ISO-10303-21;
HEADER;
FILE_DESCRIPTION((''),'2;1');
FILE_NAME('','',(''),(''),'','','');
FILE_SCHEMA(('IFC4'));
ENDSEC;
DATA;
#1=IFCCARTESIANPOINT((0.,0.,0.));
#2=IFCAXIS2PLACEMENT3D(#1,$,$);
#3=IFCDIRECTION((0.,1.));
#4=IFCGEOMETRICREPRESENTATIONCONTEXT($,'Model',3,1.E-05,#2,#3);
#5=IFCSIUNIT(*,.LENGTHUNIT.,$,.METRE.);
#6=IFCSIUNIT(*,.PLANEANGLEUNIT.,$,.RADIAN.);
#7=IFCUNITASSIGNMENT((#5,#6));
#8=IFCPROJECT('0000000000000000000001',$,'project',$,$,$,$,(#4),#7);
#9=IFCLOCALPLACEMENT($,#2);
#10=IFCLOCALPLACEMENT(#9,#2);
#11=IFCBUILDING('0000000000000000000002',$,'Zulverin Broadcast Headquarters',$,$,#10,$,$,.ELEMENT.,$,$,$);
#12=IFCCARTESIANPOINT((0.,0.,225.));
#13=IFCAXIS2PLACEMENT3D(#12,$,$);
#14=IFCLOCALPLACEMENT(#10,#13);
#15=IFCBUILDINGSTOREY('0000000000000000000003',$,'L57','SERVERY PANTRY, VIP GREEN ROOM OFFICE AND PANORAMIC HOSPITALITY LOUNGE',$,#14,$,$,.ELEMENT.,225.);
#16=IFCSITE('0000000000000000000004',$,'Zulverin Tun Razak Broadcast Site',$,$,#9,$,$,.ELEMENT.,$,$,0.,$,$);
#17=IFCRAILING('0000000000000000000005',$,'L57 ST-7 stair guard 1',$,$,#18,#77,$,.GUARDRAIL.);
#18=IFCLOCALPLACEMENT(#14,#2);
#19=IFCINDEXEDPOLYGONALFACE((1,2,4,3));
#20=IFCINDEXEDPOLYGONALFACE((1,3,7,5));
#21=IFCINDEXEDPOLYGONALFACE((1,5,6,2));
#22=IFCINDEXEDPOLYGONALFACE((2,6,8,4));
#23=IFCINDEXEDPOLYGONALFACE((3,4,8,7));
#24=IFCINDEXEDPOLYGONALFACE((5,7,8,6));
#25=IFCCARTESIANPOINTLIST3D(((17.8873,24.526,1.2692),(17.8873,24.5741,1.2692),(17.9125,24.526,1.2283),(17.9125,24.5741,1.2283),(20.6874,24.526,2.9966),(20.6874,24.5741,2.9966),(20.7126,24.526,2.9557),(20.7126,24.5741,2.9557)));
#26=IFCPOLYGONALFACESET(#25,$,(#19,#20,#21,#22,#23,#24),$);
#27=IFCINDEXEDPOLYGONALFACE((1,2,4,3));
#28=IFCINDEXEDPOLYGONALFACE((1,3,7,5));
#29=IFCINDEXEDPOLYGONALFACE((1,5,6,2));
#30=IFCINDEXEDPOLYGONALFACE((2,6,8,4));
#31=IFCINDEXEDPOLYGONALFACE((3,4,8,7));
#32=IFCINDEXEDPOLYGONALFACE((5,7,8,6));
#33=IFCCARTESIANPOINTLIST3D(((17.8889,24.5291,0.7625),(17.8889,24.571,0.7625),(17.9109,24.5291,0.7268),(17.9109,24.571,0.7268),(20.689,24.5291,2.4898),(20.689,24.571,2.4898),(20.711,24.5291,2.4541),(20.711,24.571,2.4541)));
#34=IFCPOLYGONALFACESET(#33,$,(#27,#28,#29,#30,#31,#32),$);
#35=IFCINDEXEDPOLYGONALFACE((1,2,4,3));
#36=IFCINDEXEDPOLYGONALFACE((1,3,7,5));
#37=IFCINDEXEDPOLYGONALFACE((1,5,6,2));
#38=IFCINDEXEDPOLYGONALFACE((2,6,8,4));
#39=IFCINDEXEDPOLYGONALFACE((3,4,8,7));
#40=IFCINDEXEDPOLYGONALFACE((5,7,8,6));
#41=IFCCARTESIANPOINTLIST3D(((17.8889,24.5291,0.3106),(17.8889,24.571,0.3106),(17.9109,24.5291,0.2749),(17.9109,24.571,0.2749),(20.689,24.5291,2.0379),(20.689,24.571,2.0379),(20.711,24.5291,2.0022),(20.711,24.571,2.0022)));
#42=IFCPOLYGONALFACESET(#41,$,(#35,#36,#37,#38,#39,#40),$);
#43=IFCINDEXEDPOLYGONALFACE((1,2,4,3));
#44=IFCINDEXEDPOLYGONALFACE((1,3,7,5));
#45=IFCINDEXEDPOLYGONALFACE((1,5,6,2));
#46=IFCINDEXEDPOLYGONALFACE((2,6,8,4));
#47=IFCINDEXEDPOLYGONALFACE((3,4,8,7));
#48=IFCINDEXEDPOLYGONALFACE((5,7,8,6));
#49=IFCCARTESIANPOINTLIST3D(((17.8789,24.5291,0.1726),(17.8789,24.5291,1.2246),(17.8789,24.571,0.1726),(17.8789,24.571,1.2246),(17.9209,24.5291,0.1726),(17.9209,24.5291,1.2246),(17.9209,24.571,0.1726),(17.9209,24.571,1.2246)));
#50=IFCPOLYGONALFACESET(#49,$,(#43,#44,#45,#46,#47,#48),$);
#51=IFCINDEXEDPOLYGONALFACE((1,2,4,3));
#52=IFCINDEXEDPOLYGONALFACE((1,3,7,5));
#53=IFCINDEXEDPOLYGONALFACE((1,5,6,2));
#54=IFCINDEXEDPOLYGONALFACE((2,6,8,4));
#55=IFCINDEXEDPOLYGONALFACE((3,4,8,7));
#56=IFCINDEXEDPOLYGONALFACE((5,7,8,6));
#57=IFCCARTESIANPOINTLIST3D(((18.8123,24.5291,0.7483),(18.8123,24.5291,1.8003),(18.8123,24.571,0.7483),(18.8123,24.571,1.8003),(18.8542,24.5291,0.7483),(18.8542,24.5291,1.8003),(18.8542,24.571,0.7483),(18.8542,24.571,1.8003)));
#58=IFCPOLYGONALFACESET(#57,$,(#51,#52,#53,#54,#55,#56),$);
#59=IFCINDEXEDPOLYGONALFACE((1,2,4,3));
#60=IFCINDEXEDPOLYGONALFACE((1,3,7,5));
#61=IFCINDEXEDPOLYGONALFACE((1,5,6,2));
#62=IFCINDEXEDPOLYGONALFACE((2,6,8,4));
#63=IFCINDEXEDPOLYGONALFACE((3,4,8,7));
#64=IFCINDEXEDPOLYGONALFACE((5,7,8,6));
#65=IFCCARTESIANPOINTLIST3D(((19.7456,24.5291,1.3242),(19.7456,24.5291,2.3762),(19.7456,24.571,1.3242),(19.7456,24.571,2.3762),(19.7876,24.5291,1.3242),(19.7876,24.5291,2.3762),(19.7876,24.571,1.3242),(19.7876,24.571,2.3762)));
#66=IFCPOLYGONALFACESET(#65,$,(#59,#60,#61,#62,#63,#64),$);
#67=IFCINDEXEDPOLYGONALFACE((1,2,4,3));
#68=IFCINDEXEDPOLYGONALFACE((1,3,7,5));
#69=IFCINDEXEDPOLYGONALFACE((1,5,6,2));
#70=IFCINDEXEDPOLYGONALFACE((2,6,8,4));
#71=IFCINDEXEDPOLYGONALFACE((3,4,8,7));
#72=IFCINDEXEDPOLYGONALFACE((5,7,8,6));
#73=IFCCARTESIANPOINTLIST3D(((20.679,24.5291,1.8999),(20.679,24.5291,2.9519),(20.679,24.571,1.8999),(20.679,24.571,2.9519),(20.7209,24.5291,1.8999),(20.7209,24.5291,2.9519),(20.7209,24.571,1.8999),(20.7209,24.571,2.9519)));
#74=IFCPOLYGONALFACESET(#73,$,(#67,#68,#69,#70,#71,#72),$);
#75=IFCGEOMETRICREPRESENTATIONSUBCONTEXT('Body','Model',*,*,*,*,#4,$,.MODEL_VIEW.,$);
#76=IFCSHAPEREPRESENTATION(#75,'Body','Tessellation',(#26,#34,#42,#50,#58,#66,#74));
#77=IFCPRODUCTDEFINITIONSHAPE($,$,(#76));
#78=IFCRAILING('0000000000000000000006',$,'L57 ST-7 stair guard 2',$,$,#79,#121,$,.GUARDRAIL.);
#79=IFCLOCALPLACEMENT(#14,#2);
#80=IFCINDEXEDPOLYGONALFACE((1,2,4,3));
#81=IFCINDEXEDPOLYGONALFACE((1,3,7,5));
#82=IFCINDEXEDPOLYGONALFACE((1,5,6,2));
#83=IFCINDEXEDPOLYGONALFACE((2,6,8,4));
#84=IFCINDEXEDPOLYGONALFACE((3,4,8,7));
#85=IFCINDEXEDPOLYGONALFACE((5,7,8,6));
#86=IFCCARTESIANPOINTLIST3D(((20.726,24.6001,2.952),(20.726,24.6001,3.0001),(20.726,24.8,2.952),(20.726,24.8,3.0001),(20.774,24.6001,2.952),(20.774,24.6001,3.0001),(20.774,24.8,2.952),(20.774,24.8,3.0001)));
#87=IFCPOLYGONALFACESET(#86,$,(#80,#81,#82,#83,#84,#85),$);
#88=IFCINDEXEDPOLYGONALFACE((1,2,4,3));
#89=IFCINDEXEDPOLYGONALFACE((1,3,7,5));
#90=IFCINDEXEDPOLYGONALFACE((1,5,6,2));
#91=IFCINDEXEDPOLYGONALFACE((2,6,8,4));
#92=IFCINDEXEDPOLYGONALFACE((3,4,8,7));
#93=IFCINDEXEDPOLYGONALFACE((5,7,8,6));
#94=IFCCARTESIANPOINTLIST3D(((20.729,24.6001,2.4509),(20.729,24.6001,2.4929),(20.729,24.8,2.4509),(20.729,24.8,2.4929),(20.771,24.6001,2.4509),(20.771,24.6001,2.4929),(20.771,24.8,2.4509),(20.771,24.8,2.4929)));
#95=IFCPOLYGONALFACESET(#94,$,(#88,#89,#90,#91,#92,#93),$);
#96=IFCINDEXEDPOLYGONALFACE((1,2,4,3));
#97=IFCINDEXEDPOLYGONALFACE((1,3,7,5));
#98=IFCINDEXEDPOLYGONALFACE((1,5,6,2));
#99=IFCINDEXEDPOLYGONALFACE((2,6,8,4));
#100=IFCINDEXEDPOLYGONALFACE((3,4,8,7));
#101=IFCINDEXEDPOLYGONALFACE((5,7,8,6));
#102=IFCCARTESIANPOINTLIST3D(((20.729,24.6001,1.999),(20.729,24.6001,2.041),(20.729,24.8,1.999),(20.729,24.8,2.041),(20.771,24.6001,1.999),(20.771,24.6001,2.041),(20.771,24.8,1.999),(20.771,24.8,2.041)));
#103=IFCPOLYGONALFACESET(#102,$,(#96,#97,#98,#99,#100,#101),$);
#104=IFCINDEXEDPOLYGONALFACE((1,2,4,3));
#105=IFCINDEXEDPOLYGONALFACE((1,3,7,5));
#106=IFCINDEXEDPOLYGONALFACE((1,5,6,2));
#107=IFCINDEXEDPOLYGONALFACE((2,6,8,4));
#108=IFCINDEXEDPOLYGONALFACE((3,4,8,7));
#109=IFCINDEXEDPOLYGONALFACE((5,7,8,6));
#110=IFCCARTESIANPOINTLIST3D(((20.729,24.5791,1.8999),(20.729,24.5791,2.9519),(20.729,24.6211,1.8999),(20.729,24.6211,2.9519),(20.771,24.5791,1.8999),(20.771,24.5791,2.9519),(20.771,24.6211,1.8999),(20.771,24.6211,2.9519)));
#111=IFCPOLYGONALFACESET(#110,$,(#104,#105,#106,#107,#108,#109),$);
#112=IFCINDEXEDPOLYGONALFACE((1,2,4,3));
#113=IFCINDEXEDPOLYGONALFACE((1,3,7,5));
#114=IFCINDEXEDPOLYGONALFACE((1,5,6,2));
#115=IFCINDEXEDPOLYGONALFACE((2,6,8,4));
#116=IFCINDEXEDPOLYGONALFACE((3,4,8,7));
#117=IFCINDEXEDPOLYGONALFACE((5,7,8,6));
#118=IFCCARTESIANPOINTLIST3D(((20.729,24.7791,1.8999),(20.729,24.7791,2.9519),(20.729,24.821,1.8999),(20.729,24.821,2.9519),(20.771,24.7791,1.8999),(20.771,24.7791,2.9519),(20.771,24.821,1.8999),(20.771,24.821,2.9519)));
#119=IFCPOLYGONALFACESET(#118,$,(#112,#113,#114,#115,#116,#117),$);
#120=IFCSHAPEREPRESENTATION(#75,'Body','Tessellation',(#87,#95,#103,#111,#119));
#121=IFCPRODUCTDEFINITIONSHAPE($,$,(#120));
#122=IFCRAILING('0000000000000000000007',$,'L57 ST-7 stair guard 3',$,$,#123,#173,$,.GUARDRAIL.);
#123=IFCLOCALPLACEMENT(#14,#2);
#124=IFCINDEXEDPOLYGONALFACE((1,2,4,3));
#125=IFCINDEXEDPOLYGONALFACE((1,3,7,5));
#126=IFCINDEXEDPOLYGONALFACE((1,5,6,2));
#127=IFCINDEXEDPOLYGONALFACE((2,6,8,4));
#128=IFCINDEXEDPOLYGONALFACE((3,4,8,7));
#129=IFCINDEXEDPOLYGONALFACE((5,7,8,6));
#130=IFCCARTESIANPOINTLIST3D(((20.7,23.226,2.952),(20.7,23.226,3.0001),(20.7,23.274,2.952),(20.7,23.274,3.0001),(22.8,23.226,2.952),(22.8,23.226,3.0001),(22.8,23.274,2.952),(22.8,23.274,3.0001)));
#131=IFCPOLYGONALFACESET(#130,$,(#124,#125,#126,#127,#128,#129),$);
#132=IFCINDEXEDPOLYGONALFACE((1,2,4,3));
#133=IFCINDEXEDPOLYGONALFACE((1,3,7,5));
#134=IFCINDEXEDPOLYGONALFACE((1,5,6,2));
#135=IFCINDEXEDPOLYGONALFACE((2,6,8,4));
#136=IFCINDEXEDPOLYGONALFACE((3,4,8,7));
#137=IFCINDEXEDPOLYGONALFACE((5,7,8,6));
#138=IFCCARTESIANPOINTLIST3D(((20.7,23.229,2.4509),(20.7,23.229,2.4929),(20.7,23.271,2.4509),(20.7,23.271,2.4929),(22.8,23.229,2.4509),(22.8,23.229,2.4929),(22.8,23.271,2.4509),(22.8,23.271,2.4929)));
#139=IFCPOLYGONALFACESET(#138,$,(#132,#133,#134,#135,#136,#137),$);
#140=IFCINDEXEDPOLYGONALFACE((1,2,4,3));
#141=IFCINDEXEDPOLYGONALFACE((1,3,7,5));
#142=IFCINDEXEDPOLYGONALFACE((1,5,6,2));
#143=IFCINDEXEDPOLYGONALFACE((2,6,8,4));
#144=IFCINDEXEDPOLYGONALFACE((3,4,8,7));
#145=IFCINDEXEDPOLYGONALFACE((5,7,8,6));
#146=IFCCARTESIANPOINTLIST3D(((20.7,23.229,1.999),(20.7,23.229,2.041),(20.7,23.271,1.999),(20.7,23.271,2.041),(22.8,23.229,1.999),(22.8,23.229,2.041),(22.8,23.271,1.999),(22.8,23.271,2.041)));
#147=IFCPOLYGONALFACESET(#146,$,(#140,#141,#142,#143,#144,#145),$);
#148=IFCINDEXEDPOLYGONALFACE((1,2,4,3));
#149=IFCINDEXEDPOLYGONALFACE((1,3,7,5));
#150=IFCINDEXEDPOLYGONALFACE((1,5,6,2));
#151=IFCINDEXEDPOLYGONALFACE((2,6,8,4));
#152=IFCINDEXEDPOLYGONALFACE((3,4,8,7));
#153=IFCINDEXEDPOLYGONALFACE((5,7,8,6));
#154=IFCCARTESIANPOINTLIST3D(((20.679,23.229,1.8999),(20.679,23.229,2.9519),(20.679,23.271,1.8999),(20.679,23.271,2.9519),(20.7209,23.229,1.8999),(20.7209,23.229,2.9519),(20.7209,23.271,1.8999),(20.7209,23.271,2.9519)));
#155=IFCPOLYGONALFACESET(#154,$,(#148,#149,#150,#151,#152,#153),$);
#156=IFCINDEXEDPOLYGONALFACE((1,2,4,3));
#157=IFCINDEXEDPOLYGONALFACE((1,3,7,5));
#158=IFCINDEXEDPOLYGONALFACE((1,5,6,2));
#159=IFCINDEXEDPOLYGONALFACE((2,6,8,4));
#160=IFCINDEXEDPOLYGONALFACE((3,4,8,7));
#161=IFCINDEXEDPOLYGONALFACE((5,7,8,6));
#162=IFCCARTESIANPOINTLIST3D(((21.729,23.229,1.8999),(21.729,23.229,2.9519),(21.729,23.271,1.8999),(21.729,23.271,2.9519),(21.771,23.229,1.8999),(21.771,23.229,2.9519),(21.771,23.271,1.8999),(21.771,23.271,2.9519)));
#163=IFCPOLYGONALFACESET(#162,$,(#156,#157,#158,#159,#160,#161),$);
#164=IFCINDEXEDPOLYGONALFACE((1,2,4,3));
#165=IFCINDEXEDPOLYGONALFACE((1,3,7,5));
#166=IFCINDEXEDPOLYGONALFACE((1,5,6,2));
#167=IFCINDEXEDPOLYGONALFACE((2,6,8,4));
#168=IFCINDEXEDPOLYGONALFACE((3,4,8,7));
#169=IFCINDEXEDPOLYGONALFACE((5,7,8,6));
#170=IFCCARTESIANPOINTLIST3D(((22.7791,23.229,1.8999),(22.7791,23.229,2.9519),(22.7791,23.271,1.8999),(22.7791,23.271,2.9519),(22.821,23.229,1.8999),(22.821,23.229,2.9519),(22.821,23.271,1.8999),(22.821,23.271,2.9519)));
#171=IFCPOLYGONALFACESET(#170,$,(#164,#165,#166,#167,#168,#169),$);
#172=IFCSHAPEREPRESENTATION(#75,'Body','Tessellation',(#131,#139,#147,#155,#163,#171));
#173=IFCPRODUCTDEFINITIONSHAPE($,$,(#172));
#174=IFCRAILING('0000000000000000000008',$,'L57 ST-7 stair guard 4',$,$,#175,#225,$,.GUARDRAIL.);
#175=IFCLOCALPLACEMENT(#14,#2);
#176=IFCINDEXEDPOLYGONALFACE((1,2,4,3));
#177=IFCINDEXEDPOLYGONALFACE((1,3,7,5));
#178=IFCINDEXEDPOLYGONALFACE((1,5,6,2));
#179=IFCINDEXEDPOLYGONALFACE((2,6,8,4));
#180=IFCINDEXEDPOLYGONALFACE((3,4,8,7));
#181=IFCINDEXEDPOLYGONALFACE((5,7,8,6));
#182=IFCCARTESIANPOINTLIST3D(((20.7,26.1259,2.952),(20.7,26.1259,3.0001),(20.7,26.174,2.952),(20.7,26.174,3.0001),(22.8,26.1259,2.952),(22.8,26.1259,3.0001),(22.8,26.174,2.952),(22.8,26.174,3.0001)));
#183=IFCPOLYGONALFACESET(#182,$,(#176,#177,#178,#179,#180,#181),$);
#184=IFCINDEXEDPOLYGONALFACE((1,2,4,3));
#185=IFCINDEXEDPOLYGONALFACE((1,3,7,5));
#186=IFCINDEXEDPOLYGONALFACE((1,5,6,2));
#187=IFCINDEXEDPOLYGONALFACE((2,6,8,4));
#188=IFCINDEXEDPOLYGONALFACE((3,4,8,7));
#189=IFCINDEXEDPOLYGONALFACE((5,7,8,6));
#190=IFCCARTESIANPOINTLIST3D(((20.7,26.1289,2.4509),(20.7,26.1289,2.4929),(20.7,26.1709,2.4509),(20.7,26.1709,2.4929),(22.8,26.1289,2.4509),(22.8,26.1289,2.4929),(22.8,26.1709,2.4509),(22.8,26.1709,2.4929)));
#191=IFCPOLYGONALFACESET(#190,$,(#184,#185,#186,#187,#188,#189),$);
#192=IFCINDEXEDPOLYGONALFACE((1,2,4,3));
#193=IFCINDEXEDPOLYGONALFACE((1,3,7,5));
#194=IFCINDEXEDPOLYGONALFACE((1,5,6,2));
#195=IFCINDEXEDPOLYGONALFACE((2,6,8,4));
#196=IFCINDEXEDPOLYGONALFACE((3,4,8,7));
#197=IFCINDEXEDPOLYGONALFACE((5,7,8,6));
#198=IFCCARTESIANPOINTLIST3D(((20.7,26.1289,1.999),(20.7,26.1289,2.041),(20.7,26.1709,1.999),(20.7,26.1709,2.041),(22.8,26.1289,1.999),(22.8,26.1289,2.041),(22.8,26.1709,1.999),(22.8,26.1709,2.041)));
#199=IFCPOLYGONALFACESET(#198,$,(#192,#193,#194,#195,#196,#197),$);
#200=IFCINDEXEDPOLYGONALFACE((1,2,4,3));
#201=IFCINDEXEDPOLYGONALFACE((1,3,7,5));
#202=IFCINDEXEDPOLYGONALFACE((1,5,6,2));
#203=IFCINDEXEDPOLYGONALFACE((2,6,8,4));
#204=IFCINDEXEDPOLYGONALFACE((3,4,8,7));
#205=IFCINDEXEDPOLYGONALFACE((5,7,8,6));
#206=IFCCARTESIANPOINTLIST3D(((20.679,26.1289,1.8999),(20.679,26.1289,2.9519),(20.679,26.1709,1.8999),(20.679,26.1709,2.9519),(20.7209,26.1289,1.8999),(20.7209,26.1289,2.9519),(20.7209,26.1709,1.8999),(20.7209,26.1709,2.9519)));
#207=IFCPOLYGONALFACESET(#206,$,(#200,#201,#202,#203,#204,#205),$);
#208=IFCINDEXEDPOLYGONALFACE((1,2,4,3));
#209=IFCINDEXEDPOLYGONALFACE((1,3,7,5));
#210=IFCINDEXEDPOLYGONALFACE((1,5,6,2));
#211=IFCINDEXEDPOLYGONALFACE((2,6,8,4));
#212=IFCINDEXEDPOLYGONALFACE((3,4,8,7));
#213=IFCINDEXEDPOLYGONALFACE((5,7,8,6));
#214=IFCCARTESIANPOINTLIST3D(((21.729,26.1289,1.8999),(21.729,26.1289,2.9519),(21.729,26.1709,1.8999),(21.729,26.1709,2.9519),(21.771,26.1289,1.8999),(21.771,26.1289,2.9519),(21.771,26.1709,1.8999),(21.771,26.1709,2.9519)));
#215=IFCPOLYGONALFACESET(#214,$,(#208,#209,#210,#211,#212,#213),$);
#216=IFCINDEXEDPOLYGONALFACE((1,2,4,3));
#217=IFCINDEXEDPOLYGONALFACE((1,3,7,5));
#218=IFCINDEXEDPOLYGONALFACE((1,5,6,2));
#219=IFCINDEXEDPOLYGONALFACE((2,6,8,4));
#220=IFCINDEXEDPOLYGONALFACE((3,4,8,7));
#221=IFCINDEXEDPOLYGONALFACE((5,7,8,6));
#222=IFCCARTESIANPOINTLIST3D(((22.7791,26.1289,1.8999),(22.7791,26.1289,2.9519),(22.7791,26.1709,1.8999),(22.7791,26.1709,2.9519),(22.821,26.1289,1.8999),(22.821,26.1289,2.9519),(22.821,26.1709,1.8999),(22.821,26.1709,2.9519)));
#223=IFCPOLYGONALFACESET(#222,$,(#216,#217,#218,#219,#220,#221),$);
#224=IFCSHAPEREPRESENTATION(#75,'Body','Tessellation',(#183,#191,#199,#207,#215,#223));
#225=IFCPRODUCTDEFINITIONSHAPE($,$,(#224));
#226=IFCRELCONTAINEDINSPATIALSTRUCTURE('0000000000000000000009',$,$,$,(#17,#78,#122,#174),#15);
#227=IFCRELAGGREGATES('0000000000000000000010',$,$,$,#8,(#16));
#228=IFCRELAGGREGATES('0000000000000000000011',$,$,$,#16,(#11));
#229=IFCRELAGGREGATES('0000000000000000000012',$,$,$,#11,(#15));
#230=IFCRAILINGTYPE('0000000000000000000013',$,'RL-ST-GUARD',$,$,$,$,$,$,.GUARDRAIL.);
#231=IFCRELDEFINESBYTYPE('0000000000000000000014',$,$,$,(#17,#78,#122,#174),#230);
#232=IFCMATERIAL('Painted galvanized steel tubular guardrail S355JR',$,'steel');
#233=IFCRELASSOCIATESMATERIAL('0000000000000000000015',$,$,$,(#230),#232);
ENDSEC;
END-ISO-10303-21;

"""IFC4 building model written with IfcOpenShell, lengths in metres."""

from ifc_helpers import new_model, si_unit, direction, frame, origin, origin_2d, place, context, subcontext, project, spatial, rectangle, extrude, material, type_object, element, save


model = new_model("IFC4")

# Units and contexts
model_context = context("Model", 3, precision=1e-05, world=origin(), true_north=direction((0.0, 1.0)))
body_context = subcontext(model_context, "Body", "Model", "MODEL_VIEW")
ifc_project = project(units=[si_unit("LENGTHUNIT", "METRE"), si_unit("PLANEANGLEUNIT", "RADIAN")], contexts=[model_context])

# Site, building, storey
site_placement = place(None, origin())
site = spatial("IfcSite", under=ifc_project, at=site_placement, Name="Zulverin Tun Razak Broadcast Site", CompositionType="ELEMENT", RefElevation=0.0)
building_placement = place(site_placement, origin())
building = spatial("IfcBuilding", under=site, at=building_placement, Name="Zulverin Broadcast Headquarters", CompositionType="ELEMENT")
storey_placement = place(building_placement, frame((0.0, 0.0, 225.0)))
storey = spatial("IfcBuildingStorey", under=building, at=storey_placement, Name="L57", Description="SERVERY PANTRY, VIP GREEN ROOM OFFICE AND PANORAMIC HOSPITALITY LOUNGE", CompositionType="ELEMENT", Elevation=225.0)

# Railings
ifc_material_1 = material(Name="Painted galvanized steel tubular guardrail S355JR", Category="steel")
railing_type_1 = type_object("IfcRailingType", Name="RL-ST-GUARD", PredefinedType="GUARDRAIL", material=ifc_material_1)
railing_1_placement = place(storey_placement, frame((17.8999, 24.55, 0.1726)))
element("IfcRailing", 1, at=railing_1_placement, inside=storey, type_object=railing_type_1, Name="L57 ST-7 stair guard 1", PredefinedType="GUARDRAIL", context=body_context, shape_type="SweptSolid", body=[
    extrude(rectangle(XDim=0.0481, YDim=0.0481, at=origin_2d()), frame((0.0, 0.0, 1.0762), z_axis=(0.85109, 0.0, 0.52502), x_axis=(0.0, 1.0, 0.0)), (0.0, 0.0, 1.0), 3.29),
    extrude(rectangle(XDim=0.042, YDim=0.042, at=origin_2d()), frame((0.0, 0.0, 0.572), z_axis=(0.85109, 0.0, 0.52502), x_axis=(0.0, 1.0, 0.0)), (0.0, 0.0, 1.0), 3.29),
    extrude(rectangle(XDim=0.042, YDim=0.042, at=origin_2d()), frame((0.0, 0.0, 0.1201), z_axis=(0.85109, 0.0, 0.52502), x_axis=(0.0, 1.0, 0.0)), (0.0, 0.0, 1.0), 3.29),
    extrude(rectangle(XDim=0.042, YDim=0.042, at=origin_2d()), origin(), (0.0, 0.0, 1.0), 1.052),
    extrude(rectangle(XDim=0.042, YDim=0.042, at=origin_2d()), frame((0.9333, 0.0, 0.5757)), (0.0, 0.0, 1.0), 1.052),
    extrude(rectangle(XDim=0.042, YDim=0.042, at=origin_2d()), frame((1.8667, 0.0, 1.1516)), (0.0, 0.0, 1.0), 1.052),
    extrude(rectangle(XDim=0.042, YDim=0.042, at=origin_2d()), frame((2.8, 0.0, 1.7273)), (0.0, 0.0, 1.0), 1.052),
])
railing_2_placement = place(storey_placement, frame((20.75, 24.6001, 1.8999)))
element("IfcRailing", 2, at=railing_2_placement, inside=storey, type_object=railing_type_1, Name="L57 ST-7 stair guard 2", PredefinedType="GUARDRAIL", context=body_context, shape_type="SweptSolid", body=[
    extrude(rectangle(XDim=0.0481, YDim=0.0481, at=origin_2d()), frame((0.0, 0.0, 1.0762), z_axis=(0.0, 1.0, 0.0), x_axis=(-1.0, 0.0, 0.0)), (0.0, 0.0, 1.0), 0.2),
    extrude(rectangle(XDim=0.042, YDim=0.042, at=origin_2d()), frame((0.0, 0.0, 0.572), z_axis=(0.0, 1.0, 0.0), x_axis=(-1.0, 0.0, 0.0)), (0.0, 0.0, 1.0), 0.2),
    extrude(rectangle(XDim=0.042, YDim=0.042, at=origin_2d()), frame((0.0, 0.0, 0.1201), z_axis=(0.0, 1.0, 0.0), x_axis=(-1.0, 0.0, 0.0)), (0.0, 0.0, 1.0), 0.2),
    extrude(rectangle(XDim=0.042, YDim=0.042, at=origin_2d()), origin(), (0.0, 0.0, 1.0), 1.052),
    extrude(rectangle(XDim=0.042, YDim=0.042, at=origin_2d()), frame((0.0, 0.2, 0.0)), (0.0, 0.0, 1.0), 1.052),
])
for number, where, name in (
    (3, (20.7, 23.25, 1.8999), "L57 ST-7 stair guard 3"),
    (4, (20.7, 26.1499, 1.8999), "L57 ST-7 stair guard 4"),
):
    element("IfcRailing", number, at=place(storey_placement, frame(where)), inside=storey, type_object=railing_type_1, Name=name, PredefinedType="GUARDRAIL", context=body_context, shape_type="SweptSolid", body=[
        extrude(rectangle(XDim=0.0481, YDim=0.0481, at=origin_2d()), frame((0.0, 0.0, 1.0762), z_axis=(1.0, 0.0, 0.0), x_axis=(0.0, 1.0, 0.0)), (0.0, 0.0, 1.0), 2.1001),
        extrude(rectangle(XDim=0.042, YDim=0.042, at=origin_2d()), frame((0.0, 0.0, 0.572), z_axis=(1.0, 0.0, 0.0), x_axis=(0.0, 1.0, 0.0)), (0.0, 0.0, 1.0), 2.1001),
        extrude(rectangle(XDim=0.042, YDim=0.042, at=origin_2d()), frame((0.0, 0.0, 0.1201), z_axis=(1.0, 0.0, 0.0), x_axis=(0.0, 1.0, 0.0)), (0.0, 0.0, 1.0), 2.1001),
        extrude(rectangle(XDim=0.042, YDim=0.042, at=origin_2d()), origin(), (0.0, 0.0, 1.0), 1.052),
        extrude(rectangle(XDim=0.042, YDim=0.042, at=origin_2d()), frame((1.05, 0.0, 0.0)), (0.0, 0.0, 1.0), 1.052),
        extrude(rectangle(XDim=0.042, YDim=0.042, at=origin_2d()), frame((2.1001, 0.0, 0.0)), (0.0, 0.0, 1.0), 1.052),
    ])

save(model, "model.ifc")
